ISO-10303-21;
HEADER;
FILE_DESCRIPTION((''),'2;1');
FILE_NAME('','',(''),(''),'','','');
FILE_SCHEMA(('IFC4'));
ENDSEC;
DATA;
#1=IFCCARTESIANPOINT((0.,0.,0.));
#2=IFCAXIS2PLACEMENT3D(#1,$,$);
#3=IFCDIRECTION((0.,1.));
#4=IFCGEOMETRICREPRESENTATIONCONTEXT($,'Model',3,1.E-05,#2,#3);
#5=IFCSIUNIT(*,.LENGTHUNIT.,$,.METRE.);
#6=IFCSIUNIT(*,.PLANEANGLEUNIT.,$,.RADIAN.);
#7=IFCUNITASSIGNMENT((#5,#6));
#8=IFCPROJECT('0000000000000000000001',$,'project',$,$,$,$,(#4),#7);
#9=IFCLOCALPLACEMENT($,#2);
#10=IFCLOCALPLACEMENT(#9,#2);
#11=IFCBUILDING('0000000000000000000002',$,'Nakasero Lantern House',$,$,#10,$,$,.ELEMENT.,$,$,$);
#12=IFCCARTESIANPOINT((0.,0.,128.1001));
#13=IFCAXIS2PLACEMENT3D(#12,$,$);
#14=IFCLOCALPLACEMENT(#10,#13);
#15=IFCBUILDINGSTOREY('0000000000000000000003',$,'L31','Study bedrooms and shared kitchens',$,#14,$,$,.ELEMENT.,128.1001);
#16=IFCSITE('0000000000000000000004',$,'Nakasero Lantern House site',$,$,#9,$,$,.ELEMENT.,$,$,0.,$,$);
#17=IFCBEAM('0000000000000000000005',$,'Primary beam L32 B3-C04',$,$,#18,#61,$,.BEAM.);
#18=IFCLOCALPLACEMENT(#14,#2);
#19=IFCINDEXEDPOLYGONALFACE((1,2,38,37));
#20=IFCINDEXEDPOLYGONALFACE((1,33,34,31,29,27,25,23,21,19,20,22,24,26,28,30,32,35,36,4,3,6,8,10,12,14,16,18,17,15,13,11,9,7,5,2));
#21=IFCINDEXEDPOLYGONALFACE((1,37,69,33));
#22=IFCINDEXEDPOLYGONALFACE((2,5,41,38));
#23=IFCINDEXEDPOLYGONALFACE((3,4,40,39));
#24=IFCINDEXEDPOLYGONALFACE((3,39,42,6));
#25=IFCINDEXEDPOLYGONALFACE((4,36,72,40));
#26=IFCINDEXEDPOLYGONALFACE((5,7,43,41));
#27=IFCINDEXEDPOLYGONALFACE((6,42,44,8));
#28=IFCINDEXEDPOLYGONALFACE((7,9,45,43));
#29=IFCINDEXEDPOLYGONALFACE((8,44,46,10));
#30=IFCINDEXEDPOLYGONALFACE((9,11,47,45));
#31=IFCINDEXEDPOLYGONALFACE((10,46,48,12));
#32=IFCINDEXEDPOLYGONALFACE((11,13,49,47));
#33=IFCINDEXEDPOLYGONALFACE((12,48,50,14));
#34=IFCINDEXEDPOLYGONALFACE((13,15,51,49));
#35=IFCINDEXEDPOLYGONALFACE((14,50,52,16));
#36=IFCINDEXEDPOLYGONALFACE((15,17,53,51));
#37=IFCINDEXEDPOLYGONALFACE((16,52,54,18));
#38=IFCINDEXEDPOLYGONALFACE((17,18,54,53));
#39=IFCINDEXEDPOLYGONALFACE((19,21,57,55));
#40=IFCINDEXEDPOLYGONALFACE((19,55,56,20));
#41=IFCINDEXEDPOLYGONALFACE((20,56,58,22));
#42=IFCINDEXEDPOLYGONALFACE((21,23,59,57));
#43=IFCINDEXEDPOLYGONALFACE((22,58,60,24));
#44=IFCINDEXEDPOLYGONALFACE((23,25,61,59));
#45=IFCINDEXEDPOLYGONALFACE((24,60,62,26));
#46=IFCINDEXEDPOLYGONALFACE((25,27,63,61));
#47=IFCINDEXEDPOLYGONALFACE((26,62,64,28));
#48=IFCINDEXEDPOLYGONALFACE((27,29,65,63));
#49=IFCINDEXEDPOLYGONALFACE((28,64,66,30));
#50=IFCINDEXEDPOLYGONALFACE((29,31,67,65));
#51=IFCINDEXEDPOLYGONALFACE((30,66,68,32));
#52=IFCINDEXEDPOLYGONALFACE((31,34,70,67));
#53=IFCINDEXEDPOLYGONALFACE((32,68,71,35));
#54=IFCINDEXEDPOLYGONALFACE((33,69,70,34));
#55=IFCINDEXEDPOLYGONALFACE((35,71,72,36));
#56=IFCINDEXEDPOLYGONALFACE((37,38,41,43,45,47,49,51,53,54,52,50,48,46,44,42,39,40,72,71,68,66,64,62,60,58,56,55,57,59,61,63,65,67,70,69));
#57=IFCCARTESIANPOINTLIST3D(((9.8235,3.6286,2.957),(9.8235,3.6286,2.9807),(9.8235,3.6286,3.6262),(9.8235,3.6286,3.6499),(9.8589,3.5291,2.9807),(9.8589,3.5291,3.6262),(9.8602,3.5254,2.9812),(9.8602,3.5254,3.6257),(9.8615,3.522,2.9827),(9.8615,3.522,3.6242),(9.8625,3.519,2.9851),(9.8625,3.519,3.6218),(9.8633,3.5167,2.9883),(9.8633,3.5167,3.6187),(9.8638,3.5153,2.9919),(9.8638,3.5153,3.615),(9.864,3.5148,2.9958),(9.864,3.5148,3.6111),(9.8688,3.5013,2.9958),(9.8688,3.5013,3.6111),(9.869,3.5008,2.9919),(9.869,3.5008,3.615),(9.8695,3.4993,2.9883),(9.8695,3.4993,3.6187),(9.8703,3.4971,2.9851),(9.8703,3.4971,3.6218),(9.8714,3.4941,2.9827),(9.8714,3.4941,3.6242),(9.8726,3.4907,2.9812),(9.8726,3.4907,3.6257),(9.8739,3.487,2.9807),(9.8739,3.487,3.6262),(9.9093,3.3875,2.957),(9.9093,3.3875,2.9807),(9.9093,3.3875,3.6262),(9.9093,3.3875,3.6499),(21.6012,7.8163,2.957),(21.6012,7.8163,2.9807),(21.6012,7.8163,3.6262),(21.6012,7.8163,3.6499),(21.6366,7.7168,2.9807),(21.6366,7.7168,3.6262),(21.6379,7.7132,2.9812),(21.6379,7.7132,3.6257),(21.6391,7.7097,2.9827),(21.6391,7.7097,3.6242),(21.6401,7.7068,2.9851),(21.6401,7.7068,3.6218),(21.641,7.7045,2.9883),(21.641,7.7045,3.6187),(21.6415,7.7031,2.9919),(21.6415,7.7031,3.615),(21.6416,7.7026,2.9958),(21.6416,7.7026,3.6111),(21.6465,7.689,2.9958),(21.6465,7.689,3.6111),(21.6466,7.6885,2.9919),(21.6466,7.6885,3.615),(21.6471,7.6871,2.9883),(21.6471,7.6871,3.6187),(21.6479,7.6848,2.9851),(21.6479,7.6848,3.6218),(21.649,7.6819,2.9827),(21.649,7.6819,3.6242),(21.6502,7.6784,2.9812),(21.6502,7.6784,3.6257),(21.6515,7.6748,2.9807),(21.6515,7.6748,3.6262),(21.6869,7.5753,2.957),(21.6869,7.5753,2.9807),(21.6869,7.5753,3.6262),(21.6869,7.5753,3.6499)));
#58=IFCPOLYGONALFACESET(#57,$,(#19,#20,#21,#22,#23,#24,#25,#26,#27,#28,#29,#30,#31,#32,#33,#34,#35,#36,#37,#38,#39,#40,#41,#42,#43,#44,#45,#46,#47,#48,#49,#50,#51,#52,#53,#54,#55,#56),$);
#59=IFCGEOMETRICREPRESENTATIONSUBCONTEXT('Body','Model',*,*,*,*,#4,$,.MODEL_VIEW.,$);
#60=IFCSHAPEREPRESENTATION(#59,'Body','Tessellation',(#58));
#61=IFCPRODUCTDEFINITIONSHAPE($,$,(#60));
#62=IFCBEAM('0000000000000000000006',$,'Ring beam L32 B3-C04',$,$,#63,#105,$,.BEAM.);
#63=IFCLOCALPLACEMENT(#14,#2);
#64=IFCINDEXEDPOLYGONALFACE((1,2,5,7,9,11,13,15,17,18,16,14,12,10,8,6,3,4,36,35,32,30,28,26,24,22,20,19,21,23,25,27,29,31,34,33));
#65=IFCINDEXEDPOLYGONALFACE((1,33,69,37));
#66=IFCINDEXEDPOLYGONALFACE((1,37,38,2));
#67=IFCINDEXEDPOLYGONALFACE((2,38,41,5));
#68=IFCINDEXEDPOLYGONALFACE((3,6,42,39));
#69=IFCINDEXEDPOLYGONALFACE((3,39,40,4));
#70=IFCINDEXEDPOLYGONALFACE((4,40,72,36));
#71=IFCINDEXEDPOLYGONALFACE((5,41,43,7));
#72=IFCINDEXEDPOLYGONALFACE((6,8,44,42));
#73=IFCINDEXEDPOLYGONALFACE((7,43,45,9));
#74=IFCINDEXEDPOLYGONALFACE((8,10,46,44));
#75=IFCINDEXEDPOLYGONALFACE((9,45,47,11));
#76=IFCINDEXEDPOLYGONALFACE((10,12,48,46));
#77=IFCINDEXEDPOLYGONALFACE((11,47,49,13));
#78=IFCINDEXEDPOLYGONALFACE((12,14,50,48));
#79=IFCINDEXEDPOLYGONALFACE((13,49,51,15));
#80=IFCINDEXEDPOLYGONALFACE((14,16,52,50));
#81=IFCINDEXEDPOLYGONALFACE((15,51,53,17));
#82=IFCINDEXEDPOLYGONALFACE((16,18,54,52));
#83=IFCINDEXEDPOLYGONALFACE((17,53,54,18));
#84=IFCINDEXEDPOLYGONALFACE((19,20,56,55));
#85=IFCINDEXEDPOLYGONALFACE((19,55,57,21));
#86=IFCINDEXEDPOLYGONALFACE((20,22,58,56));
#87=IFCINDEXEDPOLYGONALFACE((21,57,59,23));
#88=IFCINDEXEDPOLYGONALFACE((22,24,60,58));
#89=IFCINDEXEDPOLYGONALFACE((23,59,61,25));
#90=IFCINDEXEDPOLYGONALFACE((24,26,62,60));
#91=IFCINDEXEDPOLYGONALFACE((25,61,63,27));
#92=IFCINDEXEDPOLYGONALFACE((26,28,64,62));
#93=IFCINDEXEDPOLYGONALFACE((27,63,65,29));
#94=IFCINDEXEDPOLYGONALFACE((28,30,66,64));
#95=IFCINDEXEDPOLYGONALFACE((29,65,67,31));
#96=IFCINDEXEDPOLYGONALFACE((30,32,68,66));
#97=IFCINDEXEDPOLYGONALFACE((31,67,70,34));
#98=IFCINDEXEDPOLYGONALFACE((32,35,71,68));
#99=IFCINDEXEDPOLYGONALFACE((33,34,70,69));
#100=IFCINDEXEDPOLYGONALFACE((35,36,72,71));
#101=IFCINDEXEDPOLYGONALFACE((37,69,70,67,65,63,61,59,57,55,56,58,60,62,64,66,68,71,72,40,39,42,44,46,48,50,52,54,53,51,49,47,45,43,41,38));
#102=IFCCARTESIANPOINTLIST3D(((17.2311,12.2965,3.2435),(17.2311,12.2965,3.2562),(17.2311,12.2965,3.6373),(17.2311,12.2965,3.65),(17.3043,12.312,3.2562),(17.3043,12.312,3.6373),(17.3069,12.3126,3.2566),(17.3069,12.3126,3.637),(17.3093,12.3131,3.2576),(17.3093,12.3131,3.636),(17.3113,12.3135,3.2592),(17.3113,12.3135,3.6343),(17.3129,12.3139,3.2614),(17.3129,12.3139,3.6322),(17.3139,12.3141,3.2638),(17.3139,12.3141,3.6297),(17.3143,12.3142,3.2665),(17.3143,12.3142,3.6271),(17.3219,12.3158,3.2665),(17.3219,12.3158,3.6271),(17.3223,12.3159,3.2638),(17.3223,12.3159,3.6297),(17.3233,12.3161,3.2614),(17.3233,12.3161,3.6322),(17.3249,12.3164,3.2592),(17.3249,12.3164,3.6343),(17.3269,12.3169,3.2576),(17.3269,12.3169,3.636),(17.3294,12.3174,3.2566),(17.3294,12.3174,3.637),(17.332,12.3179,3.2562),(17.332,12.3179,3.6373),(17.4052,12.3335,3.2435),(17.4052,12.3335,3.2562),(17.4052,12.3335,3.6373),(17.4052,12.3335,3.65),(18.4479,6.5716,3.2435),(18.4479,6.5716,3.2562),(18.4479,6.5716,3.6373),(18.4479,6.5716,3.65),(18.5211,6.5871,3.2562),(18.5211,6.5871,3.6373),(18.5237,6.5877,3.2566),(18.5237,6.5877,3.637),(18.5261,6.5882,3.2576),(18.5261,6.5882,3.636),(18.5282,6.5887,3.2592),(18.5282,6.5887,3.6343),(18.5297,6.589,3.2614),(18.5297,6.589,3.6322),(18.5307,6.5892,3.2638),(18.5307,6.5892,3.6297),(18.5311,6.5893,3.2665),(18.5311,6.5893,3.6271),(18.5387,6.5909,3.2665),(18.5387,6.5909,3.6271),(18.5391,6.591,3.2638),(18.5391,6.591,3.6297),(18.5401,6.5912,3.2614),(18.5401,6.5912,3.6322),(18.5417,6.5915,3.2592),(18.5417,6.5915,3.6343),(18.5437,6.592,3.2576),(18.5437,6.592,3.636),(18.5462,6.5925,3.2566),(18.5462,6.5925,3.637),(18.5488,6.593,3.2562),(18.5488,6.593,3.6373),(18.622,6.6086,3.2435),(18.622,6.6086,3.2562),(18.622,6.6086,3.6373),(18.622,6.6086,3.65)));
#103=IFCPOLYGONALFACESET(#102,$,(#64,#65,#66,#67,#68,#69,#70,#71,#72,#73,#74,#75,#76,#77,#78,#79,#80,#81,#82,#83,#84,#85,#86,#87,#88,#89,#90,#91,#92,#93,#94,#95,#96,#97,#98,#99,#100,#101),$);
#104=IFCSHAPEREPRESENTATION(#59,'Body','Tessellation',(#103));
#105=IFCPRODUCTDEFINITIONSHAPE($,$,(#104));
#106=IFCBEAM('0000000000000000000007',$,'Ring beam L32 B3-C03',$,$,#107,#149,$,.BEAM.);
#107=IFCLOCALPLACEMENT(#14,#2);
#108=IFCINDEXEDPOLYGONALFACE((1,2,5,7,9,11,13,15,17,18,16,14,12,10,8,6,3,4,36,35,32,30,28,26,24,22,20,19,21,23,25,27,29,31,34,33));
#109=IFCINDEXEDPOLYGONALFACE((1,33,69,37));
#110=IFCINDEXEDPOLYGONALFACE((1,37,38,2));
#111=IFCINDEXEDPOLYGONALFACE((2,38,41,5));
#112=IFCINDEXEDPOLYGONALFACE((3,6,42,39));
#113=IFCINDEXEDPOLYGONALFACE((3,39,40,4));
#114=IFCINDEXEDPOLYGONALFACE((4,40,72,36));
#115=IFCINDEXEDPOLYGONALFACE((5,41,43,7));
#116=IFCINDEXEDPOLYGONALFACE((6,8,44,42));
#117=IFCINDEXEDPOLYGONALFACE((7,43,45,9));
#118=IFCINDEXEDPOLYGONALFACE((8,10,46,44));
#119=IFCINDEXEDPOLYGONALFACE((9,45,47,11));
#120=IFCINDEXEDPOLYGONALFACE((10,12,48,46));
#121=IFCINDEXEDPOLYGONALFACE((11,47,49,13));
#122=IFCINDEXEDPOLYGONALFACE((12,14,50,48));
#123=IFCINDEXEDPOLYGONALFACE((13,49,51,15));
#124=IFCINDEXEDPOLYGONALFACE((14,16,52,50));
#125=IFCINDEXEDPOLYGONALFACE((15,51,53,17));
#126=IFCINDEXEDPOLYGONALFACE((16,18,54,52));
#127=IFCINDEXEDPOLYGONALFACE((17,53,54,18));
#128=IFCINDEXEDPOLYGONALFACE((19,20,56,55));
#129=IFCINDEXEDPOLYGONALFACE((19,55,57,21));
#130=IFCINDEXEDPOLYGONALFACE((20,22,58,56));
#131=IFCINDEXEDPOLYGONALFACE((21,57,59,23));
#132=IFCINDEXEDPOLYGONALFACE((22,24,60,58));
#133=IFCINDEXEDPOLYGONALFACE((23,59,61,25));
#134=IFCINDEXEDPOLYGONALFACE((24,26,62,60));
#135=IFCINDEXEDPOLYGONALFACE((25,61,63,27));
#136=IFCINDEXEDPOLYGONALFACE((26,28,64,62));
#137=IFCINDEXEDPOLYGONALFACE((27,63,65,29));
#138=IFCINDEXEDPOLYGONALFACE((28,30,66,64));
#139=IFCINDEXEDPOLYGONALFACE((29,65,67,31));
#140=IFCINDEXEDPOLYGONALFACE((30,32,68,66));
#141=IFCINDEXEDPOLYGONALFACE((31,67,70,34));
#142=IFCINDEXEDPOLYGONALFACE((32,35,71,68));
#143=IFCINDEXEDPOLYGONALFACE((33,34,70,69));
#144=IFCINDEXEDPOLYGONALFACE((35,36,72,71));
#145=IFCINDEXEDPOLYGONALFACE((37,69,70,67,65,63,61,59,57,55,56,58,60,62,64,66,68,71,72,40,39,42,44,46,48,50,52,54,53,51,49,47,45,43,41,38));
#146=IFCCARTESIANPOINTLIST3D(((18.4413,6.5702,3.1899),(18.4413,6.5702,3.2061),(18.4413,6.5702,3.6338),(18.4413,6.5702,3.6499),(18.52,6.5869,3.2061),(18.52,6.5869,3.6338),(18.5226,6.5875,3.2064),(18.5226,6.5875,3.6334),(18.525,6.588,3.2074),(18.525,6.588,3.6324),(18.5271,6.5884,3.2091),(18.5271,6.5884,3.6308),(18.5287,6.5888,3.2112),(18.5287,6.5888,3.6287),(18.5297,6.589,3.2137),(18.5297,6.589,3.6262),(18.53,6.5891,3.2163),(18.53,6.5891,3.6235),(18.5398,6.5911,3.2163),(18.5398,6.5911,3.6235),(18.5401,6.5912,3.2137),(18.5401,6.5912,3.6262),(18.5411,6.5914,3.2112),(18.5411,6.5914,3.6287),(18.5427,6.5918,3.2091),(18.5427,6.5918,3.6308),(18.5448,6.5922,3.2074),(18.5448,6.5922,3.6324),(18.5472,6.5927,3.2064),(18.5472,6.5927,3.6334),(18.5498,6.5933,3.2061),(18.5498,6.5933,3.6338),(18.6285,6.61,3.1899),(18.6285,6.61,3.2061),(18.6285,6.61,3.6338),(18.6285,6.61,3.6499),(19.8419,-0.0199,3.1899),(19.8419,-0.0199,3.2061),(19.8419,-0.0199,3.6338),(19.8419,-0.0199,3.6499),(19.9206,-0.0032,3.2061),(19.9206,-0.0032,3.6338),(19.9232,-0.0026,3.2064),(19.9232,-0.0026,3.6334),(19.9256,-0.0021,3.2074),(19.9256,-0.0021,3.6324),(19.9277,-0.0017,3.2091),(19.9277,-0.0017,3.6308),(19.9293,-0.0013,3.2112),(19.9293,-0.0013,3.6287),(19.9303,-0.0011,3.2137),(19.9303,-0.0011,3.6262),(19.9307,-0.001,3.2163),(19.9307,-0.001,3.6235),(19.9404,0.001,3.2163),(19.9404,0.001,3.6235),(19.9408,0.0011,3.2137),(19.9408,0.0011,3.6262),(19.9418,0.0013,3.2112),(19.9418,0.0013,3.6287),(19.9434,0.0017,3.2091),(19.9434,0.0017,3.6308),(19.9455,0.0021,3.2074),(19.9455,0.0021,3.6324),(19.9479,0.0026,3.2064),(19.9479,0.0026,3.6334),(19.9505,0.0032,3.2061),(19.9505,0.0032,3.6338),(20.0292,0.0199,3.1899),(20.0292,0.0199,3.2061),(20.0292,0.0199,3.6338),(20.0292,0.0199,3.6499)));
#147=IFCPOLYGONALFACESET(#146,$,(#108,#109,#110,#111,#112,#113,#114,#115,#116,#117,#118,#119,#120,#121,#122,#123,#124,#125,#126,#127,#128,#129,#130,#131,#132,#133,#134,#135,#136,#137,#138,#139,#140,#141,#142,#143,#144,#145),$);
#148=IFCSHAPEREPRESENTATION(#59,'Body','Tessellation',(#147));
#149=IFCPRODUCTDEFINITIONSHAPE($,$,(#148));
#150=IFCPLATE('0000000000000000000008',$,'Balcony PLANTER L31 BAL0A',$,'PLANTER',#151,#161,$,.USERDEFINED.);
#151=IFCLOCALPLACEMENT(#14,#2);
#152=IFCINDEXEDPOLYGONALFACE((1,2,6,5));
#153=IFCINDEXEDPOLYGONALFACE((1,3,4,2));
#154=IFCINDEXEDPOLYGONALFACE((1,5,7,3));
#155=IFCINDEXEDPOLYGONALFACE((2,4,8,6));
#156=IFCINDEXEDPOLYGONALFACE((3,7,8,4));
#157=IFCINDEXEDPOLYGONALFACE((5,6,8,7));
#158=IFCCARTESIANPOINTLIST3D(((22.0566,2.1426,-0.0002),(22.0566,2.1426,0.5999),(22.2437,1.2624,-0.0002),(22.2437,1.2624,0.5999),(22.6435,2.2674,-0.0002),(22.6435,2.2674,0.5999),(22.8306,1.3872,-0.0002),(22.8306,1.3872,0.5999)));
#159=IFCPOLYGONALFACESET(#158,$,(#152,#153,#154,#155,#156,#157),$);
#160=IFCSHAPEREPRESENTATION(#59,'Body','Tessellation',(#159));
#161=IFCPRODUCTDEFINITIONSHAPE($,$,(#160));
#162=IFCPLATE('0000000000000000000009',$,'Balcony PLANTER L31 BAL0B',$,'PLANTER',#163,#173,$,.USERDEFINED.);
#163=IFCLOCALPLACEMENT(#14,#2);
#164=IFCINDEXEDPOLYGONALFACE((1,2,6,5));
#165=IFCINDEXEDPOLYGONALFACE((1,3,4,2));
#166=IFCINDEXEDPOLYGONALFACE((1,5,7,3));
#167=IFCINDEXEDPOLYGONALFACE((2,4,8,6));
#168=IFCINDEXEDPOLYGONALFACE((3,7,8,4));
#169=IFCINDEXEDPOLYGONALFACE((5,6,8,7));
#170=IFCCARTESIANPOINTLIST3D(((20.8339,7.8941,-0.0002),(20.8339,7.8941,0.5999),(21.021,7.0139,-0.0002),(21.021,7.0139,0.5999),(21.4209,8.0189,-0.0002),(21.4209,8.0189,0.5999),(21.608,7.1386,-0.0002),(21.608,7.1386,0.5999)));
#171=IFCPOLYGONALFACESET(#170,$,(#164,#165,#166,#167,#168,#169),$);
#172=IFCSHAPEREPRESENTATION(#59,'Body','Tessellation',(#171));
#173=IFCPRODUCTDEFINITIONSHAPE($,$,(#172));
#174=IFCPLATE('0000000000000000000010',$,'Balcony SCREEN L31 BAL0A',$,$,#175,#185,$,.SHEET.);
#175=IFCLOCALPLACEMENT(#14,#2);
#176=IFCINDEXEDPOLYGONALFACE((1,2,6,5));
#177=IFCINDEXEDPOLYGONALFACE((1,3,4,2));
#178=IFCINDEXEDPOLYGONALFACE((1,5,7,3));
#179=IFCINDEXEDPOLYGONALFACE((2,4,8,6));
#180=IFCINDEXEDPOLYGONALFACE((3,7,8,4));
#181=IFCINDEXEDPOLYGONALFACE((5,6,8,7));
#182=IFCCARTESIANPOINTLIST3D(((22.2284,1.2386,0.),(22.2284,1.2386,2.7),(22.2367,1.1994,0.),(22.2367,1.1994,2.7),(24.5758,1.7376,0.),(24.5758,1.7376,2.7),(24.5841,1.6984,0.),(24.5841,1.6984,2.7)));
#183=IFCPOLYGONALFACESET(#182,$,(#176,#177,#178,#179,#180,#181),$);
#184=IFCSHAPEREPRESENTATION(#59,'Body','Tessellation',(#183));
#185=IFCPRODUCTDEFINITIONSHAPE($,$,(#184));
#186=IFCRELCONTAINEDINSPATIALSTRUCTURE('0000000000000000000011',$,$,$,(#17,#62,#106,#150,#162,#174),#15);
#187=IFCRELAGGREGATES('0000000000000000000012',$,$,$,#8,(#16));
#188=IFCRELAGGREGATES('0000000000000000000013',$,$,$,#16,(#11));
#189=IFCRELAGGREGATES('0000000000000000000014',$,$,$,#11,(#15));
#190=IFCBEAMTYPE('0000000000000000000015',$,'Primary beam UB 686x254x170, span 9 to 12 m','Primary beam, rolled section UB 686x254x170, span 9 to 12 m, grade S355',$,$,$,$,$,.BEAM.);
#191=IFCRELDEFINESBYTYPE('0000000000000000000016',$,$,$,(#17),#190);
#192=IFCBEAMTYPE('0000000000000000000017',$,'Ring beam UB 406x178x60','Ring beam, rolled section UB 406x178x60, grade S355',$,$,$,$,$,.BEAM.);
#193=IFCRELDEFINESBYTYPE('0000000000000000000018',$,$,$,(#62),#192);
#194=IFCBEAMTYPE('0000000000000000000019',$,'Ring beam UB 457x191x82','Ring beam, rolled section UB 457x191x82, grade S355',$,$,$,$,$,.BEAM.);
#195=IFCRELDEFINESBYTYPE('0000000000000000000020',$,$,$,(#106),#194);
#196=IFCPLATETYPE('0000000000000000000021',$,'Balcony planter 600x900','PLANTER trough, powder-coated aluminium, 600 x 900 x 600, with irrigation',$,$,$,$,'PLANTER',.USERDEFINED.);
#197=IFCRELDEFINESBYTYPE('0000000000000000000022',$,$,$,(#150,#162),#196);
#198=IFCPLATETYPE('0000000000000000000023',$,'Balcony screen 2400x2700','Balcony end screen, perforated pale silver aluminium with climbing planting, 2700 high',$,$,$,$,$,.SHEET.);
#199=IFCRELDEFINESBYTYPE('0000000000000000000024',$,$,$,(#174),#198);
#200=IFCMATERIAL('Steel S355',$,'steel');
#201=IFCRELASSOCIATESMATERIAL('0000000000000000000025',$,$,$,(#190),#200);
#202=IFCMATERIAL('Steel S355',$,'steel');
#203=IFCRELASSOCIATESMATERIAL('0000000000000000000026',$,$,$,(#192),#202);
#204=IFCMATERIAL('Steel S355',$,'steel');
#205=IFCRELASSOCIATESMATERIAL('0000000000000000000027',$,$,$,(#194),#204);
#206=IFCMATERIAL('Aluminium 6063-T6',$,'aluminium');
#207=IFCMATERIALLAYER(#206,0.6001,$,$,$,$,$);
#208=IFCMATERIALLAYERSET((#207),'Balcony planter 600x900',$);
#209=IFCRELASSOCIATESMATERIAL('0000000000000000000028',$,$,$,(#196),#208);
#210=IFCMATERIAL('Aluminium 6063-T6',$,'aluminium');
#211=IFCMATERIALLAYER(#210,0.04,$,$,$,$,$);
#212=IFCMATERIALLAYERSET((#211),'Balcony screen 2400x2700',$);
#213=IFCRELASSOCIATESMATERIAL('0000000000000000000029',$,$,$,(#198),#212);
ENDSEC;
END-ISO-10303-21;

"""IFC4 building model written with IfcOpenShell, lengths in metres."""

from ifc_helpers import new_model, si_unit, direction, frame, origin, origin_2d, place, context, subcontext, project, spatial, rectangle, i_section, extrude, material, layer, layer_set, material_profile, profile_set, type_object, element, save


model = new_model("IFC4")

# Units and contexts
model_context = context("Model", 3, precision=1e-05, world=origin(), true_north=direction((0.0, 1.0)))
body_context = subcontext(model_context, "Body", "Model", "MODEL_VIEW")
ifc_project = project(units=[si_unit("LENGTHUNIT", "METRE"), si_unit("PLANEANGLEUNIT", "RADIAN")], contexts=[model_context])

# Site, building, storey
site_placement = place(None, origin())
site = spatial("IfcSite", under=ifc_project, at=site_placement, Name="Nakasero Lantern House site", CompositionType="ELEMENT", RefElevation=0.0)
building_placement = place(site_placement, origin())
building = spatial("IfcBuilding", under=site, at=building_placement, Name="Nakasero Lantern House", CompositionType="ELEMENT")
storey_placement = place(building_placement, frame((0.0, 0.0, 128.1001)))
storey = spatial("IfcBuildingStorey", under=building, at=storey_placement, Name="L31", Description="Study bedrooms and shared kitchens", CompositionType="ELEMENT", Elevation=128.1001)

# Beams
ifc_material_1 = material(Name="Steel S355", Category="steel")
ifc_material_profile_1 = material_profile(ifc_material_1, i_section(OverallWidth=0.2559, OverallDepth=0.6929, WebThickness=0.0144, FlangeThickness=0.0237, FilletRadius=0.0151, at=origin_2d()), Name="UB 686x254x170")
ifc_profile_set_1 = profile_set([ifc_material_profile_1], Name="Steel S355")
beam_type_1 = type_object("IfcBeamType", Name="Primary beam UB 686x254x170, span 9 to 12 m", Description="Primary beam, rolled section UB 686x254x170, span 9 to 12 m, grade S355", PredefinedType="BEAM", material=ifc_profile_set_1)
beam_1_placement = place(storey_placement, frame((21.644, 7.6958, 3.3035), z_axis=(-0.942211, -0.335021, 0.0), x_axis=(0.335021, -0.942211, 0.0)))
element("IfcBeam", 1, at=beam_1_placement, inside=storey, type_object=beam_type_1, Name="Primary beam L32 B3-C04", PredefinedType="BEAM", context=body_context, shape_type="SweptSolid", body=[
    extrude(i_section(OverallWidth=0.2559, OverallDepth=0.6929, WebThickness=0.0144, FlangeThickness=0.0237, FilletRadius=0.0151, at=origin_2d()), origin(), (0.0, 0.0, 1.0), 12.5),
])
ifc_material_2 = material(Name="Steel S355", Category="steel")
ifc_material_profile_2 = material_profile(ifc_material_2, i_section(OverallWidth=0.178, OverallDepth=0.4065, WebThickness=0.0078, FlangeThickness=0.0127, FilletRadius=0.0103, at=origin_2d()), Name="UB 406x178x60")
ifc_profile_set_2 = profile_set([ifc_material_profile_2], Name="Steel S355")
beam_type_2 = type_object("IfcBeamType", Name="Ring beam UB 406x178x60", Description="Ring beam, rolled section UB 406x178x60, grade S355", PredefinedType="BEAM", material=ifc_profile_set_2)
beam_2_placement = place(storey_placement, frame((18.5349, 6.5901, 3.4468), z_axis=(-0.207902, 0.97815, 0.0), x_axis=(-0.97815, -0.207902, 0.0)))
element("IfcBeam", 2, at=beam_2_placement, inside=storey, type_object=beam_type_2, Name="Ring beam L32 B3-C04", PredefinedType="BEAM", context=body_context, shape_type="SweptSolid", body=[
    extrude(i_section(OverallWidth=0.178, OverallDepth=0.4065, WebThickness=0.0078, FlangeThickness=0.0127, FilletRadius=0.0103, at=origin_2d()), origin(), (0.0, 0.0, 1.0), 5.8528),
])
ifc_material_3 = material(Name="Steel S355", Category="steel")
ifc_material_profile_3 = material_profile(ifc_material_3, i_section(OverallWidth=0.1914, OverallDepth=0.46, WebThickness=0.01, FlangeThickness=0.0161, FilletRadius=0.0103, at=origin_2d()), Name="UB 457x191x82")
ifc_profile_set_3 = profile_set([ifc_material_profile_3], Name="Steel S355")
beam_type_3 = type_object("IfcBeamType", Name="Ring beam UB 457x191x82", Description="Ring beam, rolled section UB 457x191x82, grade S355", PredefinedType="BEAM", material=ifc_profile_set_3)
beam_3_placement = place(storey_placement, frame((19.9355, 0.0, 3.4199), z_axis=(-0.207893, 0.978152, 0.0), x_axis=(-0.978152, -0.207893, 0.0)))
element("IfcBeam", 3, at=beam_3_placement, inside=storey, type_object=beam_type_3, Name="Ring beam L32 B3-C03", PredefinedType="BEAM", context=body_context, shape_type="SweptSolid", body=[
    extrude(i_section(OverallWidth=0.1914, OverallDepth=0.46, WebThickness=0.01, FlangeThickness=0.0161, FilletRadius=0.0103, at=origin_2d()), origin(), (0.0, 0.0, 1.0), 6.7373),
])

# Plates
ifc_material_4 = material(Name="Aluminium 6063-T6", Category="aluminium")
ifc_layer_1 = layer(ifc_material_4, 0.6001)
ifc_layer_set_1 = layer_set([ifc_layer_1], Name="Balcony planter 600x900")
plate_type_1 = type_object("IfcPlateType", Name="Balcony planter 600x900", Description="PLANTER trough, powder-coated aluminium, 600 x 900 x 600, with irrigation", ElementType="PLANTER", PredefinedType="USERDEFINED", material=ifc_layer_set_1)
for number, where, z_axis, x_axis, name in (
    (4, (22.4436, 1.7649, -0.0002), (0.0, 0.0, 1.0), (0.978148, 0.207912, 0.0), "Balcony PLANTER L31 BAL0A"),
    (5, (21.2209, 7.5164, -0.0002), (0.0, 0.0, 1.0), (0.978148, 0.207912, 0.0), "Balcony PLANTER L31 BAL0B"),
):
    element("IfcPlate", number, at=place(storey_placement, frame(where, z_axis=z_axis, x_axis=x_axis)), inside=storey, type_object=plate_type_1, Name=name, ObjectType="PLANTER", PredefinedType="USERDEFINED", context=body_context, shape_type="SweptSolid", body=[
        extrude(rectangle(XDim=0.6001, YDim=0.8999, at=origin_2d()), origin(), (0.0, 0.0, 1.0), 0.6001),
    ])
ifc_material_5 = material(Name="Aluminium 6063-T6", Category="aluminium")
ifc_layer_2 = layer(ifc_material_5, 0.04)
ifc_layer_set_2 = layer_set([ifc_layer_2], Name="Balcony screen 2400x2700")
plate_type_2 = type_object("IfcPlateType", Name="Balcony screen 2400x2700", Description="Balcony end screen, perforated pale silver aluminium with climbing planting, 2700 high", PredefinedType="SHEET", material=ifc_layer_set_2)
plate_placement = place(storey_placement, frame((23.4062, 1.4685, 0.0), z_axis=(0.0, 0.0, 1.0), x_axis=(0.978148, 0.207912, 0.0)))
element("IfcPlate", 6, at=plate_placement, inside=storey, type_object=plate_type_2, Name="Balcony SCREEN L31 BAL0A", PredefinedType="SHEET", context=body_context, shape_type="SweptSolid", body=[
    extrude(rectangle(XDim=2.3999, YDim=0.04, at=origin_2d()), origin(), (0.0, 0.0, 1.0), 2.7),
])

save(model, "model.ifc")
